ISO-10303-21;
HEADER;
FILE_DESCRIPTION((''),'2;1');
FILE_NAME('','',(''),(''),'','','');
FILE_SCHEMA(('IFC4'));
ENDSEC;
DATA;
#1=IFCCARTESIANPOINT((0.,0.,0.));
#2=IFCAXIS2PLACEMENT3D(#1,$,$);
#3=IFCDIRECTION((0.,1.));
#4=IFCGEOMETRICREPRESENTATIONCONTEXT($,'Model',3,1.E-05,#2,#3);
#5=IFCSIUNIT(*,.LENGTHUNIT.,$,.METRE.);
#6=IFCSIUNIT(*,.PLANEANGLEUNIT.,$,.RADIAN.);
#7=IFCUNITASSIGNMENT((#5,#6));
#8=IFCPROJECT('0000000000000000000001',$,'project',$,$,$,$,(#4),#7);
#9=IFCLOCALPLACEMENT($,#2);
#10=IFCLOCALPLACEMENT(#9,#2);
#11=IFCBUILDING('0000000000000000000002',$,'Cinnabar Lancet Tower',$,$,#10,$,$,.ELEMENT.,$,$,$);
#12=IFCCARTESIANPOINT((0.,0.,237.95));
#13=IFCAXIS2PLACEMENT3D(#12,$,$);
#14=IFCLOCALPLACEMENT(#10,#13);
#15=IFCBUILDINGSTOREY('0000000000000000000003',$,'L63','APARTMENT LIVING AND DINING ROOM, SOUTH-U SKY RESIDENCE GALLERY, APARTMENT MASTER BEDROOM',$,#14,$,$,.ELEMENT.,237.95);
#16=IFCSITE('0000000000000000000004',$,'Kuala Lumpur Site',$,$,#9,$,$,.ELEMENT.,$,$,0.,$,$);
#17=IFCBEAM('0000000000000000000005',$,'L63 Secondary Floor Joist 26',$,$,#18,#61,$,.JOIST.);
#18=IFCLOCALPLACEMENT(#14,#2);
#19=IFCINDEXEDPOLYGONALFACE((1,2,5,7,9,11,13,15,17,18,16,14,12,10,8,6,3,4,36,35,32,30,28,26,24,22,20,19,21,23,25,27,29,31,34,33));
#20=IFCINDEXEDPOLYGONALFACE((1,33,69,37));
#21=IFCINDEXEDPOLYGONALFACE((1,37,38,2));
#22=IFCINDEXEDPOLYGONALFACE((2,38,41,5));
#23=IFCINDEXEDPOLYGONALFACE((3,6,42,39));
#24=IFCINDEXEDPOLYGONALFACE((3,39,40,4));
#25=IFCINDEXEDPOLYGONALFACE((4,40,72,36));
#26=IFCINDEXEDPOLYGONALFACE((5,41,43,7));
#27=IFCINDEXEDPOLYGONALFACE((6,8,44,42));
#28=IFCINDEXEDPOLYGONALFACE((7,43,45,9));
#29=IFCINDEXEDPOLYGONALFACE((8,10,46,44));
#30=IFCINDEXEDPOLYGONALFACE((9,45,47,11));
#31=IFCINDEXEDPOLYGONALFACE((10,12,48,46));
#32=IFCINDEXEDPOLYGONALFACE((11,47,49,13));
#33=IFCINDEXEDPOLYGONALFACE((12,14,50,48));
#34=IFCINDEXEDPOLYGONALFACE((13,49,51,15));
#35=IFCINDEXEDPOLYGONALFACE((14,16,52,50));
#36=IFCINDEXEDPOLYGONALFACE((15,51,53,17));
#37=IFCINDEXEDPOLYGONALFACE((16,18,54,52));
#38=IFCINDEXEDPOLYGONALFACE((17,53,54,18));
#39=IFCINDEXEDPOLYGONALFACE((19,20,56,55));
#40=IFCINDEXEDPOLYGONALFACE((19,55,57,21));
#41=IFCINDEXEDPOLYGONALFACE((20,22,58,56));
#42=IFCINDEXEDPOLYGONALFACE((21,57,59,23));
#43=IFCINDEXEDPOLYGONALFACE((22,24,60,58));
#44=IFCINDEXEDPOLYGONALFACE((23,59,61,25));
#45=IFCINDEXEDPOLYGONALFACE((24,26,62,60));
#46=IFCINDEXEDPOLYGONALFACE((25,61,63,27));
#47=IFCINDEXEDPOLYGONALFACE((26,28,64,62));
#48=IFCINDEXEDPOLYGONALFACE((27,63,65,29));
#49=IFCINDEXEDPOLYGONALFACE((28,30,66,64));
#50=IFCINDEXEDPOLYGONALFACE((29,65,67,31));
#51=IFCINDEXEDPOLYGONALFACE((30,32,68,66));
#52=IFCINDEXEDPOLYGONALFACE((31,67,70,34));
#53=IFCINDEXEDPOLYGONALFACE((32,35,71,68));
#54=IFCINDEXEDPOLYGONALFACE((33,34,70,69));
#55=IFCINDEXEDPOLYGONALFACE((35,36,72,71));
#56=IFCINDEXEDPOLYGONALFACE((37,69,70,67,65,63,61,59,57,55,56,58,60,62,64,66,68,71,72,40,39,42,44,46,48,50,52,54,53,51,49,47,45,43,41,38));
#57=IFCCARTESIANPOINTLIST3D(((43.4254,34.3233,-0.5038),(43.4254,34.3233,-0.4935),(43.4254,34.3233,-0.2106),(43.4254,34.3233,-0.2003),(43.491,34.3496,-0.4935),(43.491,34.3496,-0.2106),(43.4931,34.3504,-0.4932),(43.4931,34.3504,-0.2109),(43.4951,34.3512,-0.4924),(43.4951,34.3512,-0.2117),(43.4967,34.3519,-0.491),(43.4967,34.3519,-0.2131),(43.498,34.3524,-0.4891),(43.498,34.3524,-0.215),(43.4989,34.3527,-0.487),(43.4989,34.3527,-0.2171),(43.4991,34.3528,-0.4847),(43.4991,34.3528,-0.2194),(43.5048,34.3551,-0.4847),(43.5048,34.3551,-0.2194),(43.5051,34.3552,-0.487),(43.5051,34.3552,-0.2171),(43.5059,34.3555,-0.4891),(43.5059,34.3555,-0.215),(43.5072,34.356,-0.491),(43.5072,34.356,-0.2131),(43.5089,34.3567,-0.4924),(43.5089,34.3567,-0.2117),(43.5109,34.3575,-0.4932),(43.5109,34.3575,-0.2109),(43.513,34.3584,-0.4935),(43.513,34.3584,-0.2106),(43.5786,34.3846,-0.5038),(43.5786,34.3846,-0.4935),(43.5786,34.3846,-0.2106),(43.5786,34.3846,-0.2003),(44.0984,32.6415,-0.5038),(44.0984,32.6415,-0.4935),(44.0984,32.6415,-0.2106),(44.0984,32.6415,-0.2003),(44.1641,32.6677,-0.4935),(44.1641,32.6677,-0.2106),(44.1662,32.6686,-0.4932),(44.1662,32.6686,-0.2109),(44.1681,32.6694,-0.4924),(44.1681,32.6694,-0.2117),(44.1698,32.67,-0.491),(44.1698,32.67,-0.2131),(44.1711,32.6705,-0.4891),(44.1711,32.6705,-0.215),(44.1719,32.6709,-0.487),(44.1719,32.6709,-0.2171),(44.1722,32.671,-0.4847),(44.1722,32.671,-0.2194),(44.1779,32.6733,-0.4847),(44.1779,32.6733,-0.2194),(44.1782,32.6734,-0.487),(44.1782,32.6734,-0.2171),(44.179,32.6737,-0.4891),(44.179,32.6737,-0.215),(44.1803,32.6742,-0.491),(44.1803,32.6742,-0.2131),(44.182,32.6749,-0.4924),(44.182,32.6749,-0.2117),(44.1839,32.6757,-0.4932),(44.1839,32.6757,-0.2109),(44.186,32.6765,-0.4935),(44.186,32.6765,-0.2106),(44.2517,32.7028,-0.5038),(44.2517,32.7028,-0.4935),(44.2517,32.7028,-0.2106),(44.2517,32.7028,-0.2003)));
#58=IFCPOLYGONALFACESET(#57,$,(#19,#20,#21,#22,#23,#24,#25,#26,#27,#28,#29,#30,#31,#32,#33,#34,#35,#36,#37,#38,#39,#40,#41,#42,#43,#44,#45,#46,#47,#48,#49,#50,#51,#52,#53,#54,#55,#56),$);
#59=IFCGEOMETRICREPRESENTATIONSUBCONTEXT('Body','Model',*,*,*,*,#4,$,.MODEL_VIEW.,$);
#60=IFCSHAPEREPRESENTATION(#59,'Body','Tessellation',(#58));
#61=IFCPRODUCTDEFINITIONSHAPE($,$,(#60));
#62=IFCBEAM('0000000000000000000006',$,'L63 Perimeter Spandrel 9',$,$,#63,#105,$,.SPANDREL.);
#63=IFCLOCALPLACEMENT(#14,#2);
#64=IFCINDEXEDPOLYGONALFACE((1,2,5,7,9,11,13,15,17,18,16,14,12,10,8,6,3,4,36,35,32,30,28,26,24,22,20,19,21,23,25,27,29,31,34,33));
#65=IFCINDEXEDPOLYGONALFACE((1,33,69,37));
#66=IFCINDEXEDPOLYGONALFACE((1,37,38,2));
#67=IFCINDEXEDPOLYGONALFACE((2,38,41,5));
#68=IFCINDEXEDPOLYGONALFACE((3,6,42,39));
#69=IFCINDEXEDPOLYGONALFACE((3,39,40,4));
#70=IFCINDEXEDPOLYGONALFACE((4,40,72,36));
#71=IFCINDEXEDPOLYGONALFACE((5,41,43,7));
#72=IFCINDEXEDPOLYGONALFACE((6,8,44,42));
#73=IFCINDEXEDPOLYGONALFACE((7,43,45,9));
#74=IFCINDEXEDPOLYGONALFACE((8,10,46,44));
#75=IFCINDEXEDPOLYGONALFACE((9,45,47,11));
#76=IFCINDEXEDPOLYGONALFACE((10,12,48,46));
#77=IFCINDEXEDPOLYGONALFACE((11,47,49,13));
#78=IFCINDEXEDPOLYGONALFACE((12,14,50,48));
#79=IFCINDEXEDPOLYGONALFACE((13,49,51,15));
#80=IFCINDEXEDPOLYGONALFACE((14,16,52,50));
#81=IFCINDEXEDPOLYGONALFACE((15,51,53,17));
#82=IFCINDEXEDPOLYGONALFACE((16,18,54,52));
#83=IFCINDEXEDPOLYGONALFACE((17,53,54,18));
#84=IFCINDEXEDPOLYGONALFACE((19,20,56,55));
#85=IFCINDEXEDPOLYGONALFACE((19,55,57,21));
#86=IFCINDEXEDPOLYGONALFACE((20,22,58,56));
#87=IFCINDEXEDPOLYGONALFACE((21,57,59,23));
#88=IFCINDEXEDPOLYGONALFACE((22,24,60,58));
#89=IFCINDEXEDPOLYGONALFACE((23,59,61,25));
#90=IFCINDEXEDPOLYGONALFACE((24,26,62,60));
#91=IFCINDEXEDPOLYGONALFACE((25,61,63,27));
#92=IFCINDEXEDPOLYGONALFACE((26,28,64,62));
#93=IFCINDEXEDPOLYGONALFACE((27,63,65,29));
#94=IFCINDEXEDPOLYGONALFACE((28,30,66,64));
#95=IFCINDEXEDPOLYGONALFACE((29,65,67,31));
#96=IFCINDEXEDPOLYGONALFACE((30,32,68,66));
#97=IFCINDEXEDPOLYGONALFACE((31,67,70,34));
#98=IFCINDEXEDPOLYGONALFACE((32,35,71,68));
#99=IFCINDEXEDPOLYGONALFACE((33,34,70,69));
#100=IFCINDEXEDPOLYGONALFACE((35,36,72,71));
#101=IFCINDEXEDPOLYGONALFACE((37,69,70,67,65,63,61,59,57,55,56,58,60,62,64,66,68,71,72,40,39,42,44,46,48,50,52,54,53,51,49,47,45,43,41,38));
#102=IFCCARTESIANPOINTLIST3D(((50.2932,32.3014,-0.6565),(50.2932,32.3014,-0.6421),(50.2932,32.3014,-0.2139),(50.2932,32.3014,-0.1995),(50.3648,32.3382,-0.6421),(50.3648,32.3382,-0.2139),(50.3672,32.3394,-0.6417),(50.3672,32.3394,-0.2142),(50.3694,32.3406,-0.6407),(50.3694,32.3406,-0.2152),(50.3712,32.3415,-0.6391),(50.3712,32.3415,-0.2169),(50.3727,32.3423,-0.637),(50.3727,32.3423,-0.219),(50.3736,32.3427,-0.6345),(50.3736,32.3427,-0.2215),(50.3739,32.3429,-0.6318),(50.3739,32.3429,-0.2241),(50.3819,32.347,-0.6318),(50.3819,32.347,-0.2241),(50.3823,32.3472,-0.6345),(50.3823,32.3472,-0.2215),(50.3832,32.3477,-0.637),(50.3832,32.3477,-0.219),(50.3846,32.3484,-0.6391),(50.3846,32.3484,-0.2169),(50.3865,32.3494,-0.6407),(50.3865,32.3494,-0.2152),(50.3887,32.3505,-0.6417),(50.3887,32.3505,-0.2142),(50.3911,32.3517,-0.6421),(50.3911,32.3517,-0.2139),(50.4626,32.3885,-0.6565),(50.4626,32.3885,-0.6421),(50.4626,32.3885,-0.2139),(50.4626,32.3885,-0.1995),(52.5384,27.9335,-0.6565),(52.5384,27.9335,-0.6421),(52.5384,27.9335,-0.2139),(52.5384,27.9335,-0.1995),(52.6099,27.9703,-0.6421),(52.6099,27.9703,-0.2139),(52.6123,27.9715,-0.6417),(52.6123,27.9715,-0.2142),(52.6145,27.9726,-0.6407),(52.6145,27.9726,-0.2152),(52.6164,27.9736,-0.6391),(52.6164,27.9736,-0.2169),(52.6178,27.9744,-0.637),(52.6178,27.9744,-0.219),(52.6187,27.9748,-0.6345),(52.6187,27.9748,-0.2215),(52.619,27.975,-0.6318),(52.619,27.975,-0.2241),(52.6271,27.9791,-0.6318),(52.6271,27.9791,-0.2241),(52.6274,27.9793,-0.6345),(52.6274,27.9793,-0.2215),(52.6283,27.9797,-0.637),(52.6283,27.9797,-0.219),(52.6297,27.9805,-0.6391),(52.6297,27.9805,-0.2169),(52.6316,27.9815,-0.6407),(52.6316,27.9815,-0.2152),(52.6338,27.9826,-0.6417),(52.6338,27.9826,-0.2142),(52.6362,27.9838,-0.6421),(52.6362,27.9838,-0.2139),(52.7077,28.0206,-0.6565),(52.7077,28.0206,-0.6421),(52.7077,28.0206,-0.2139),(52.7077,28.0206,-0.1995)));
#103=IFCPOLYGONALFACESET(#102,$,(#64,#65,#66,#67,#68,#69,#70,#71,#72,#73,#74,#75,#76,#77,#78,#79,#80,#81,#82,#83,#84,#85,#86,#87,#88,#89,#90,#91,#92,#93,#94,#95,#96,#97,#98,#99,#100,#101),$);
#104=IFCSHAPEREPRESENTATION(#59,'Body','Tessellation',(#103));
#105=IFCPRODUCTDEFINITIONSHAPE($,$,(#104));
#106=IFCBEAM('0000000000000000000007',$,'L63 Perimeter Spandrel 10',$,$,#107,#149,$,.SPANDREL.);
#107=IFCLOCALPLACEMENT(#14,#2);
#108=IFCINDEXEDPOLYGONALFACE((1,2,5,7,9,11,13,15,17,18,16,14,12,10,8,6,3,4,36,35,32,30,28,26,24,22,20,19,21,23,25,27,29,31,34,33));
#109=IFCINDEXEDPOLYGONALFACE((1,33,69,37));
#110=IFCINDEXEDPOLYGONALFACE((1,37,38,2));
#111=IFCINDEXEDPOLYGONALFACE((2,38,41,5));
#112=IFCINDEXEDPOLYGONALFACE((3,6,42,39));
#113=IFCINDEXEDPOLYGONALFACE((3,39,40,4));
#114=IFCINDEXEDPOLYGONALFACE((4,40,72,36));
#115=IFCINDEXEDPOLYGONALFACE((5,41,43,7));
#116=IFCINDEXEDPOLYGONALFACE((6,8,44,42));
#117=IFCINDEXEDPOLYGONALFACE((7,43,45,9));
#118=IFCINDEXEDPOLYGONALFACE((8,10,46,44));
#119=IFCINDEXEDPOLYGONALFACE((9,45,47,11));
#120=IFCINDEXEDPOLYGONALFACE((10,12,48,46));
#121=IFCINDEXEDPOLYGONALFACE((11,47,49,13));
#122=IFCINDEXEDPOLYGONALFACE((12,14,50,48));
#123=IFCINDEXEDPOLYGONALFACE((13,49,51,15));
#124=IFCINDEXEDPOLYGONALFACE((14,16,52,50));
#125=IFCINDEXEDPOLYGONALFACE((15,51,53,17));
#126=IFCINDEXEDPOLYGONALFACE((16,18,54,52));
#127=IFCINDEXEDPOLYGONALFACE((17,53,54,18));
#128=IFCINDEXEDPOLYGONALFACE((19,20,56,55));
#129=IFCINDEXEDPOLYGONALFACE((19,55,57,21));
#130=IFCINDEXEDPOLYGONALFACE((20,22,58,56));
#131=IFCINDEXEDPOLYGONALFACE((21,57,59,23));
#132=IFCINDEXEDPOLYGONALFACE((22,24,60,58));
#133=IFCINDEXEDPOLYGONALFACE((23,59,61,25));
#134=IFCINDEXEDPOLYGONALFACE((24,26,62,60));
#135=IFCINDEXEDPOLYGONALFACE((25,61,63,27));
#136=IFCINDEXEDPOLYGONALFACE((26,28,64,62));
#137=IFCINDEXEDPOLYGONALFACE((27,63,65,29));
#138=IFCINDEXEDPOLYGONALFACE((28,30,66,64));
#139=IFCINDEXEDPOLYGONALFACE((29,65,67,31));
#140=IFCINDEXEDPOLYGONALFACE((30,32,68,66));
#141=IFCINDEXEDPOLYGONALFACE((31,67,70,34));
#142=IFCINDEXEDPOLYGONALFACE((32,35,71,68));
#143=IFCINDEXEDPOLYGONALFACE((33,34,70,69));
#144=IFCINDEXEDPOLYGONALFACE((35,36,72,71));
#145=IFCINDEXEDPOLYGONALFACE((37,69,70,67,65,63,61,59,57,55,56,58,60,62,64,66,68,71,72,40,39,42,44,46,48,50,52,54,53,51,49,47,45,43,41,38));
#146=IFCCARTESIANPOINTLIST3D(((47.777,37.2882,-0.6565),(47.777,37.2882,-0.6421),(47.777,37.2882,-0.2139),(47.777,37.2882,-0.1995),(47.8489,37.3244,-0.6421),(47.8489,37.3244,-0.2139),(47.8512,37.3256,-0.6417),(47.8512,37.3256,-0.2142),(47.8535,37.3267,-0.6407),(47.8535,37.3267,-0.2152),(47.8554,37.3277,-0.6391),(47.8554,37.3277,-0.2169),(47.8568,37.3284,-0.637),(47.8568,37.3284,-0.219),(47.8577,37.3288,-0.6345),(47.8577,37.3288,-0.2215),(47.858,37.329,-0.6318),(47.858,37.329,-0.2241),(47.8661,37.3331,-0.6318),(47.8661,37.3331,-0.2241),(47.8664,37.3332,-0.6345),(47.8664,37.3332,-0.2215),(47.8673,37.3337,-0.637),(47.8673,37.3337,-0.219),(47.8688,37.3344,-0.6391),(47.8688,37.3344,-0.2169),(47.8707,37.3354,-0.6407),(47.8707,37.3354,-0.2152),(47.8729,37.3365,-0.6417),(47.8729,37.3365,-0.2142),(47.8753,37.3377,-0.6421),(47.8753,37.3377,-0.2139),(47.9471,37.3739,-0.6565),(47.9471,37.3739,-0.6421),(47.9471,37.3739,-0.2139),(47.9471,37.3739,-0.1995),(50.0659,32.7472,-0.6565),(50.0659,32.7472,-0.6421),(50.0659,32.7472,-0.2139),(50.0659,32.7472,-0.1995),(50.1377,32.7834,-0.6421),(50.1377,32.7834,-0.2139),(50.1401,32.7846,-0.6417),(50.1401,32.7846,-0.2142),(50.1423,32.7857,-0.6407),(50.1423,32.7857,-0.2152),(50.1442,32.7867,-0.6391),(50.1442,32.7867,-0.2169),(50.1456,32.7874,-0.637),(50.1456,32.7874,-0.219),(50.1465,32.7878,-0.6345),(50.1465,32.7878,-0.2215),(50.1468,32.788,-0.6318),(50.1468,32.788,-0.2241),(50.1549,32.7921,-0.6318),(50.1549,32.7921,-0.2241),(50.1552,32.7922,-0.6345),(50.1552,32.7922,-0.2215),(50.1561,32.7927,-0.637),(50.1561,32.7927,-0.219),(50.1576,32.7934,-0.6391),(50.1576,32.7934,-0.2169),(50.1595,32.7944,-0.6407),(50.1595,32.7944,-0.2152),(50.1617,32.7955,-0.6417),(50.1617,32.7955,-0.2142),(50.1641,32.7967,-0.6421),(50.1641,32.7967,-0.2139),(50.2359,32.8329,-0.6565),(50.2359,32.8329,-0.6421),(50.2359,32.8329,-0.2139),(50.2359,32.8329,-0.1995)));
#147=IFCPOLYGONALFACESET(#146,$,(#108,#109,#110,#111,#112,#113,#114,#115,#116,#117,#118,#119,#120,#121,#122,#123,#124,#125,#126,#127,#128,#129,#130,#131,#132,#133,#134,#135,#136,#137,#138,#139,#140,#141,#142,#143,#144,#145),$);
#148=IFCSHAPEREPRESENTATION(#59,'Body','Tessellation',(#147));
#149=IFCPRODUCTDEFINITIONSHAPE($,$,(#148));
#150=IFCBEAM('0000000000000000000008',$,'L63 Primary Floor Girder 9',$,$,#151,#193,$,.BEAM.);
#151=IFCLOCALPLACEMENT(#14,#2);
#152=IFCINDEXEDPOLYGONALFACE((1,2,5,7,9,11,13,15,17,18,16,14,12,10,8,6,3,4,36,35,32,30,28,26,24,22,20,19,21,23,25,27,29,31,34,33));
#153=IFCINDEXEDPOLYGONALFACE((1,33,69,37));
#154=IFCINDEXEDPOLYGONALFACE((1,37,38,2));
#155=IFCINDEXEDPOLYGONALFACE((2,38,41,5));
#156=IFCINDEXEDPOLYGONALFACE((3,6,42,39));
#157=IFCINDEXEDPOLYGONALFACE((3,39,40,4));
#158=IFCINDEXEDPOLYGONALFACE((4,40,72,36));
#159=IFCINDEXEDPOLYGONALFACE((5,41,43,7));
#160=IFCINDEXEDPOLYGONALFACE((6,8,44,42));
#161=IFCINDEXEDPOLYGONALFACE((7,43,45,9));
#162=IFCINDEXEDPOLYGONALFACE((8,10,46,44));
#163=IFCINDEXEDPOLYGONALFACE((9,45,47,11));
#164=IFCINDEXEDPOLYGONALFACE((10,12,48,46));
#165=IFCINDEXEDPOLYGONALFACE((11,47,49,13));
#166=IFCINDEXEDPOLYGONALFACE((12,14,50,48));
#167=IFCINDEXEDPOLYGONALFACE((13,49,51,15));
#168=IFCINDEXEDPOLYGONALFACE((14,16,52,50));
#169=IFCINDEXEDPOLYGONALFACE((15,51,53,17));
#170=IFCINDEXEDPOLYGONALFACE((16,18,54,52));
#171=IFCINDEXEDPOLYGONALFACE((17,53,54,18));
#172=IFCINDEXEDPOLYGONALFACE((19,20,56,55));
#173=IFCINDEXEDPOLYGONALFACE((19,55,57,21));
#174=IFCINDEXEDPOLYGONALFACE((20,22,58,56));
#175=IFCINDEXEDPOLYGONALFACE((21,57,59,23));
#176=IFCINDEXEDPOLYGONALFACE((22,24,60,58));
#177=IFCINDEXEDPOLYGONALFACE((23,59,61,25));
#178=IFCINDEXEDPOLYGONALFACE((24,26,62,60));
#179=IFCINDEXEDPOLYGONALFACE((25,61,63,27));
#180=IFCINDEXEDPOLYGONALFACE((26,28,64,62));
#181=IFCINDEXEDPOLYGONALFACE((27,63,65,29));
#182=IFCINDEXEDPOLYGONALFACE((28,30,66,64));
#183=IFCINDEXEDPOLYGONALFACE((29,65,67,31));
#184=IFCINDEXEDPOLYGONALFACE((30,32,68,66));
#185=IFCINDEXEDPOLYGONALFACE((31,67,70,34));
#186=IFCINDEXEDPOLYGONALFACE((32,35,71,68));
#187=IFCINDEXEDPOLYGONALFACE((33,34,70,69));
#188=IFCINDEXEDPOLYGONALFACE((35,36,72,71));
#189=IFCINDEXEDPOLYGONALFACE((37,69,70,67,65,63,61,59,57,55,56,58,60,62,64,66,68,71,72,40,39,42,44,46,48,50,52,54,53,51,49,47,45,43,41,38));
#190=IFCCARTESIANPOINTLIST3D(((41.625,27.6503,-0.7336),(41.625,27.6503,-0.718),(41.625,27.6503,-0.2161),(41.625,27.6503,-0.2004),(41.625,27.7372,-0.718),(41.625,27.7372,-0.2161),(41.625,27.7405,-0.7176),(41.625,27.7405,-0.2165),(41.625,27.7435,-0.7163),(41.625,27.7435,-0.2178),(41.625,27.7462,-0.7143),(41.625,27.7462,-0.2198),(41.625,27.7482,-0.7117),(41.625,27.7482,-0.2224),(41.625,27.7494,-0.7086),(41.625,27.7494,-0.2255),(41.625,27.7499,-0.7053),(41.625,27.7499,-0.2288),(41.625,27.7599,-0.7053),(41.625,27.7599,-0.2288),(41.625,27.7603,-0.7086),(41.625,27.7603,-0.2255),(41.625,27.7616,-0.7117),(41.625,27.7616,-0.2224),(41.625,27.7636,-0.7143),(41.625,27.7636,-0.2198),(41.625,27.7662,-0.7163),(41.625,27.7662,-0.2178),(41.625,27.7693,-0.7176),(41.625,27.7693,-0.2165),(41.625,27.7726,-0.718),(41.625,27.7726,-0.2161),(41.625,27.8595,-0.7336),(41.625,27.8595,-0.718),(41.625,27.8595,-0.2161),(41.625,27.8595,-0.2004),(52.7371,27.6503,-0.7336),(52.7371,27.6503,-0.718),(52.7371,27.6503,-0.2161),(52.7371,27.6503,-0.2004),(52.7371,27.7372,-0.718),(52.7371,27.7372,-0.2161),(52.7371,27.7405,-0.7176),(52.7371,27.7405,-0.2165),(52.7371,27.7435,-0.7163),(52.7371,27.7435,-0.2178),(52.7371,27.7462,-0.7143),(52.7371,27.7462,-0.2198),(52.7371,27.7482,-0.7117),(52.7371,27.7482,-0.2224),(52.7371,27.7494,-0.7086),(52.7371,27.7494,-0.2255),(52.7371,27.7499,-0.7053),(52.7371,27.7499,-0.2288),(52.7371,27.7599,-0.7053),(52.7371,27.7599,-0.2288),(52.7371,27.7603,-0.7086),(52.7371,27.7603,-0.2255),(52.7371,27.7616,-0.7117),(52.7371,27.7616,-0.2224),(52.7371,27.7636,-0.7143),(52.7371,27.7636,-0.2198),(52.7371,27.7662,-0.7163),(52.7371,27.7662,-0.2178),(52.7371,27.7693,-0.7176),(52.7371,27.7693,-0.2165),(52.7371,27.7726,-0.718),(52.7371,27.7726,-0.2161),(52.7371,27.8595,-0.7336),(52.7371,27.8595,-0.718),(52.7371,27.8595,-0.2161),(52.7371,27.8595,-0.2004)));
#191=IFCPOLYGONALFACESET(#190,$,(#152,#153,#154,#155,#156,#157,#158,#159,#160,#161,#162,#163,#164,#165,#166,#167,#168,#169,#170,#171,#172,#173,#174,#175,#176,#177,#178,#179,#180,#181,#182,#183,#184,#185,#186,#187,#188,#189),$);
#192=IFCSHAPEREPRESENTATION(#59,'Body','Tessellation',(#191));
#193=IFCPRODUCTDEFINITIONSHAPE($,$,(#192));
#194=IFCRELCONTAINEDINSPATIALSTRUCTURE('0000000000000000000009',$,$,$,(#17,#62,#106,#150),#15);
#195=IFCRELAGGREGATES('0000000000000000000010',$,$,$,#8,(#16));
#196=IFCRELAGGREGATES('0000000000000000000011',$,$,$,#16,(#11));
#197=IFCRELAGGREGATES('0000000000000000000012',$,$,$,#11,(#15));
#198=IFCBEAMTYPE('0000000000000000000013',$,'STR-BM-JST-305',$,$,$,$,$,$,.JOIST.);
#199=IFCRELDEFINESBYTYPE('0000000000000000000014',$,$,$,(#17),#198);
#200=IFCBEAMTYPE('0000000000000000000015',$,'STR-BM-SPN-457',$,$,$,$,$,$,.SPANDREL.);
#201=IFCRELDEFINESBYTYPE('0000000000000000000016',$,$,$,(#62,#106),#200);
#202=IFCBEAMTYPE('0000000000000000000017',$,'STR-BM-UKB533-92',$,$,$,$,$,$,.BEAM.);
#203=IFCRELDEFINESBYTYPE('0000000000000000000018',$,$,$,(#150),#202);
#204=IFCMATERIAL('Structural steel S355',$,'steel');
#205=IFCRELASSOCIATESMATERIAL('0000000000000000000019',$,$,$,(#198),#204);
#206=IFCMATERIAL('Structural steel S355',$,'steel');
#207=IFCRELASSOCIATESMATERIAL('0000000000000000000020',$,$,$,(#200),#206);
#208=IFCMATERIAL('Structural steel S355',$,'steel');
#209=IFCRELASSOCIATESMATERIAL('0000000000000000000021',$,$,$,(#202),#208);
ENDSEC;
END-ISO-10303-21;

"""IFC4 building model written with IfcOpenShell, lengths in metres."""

from ifc_helpers import new_model, si_unit, direction, frame, origin, origin_2d, place, context, subcontext, project, spatial, i_section, extrude, material, material_profile, profile_set, type_object, element, save


model = new_model("IFC4")

# Units and contexts
model_context = context("Model", 3, precision=1e-05, world=origin(), true_north=direction((0.0, 1.0)))
body_context = subcontext(model_context, "Body", "Model", "MODEL_VIEW")
ifc_project = project(units=[si_unit("LENGTHUNIT", "METRE"), si_unit("PLANEANGLEUNIT", "RADIAN")], contexts=[model_context])

# Site, building, storey
site_placement = place(None, origin())
site = spatial("IfcSite", under=ifc_project, at=site_placement, Name="Kuala Lumpur Site", CompositionType="ELEMENT", RefElevation=0.0)
building_placement = place(site_placement, origin())
building = spatial("IfcBuilding", under=site, at=building_placement, Name="Cinnabar Lancet Tower", CompositionType="ELEMENT")
storey_placement = place(building_placement, frame((0.0, 0.0, 237.95)))
storey = spatial("IfcBuildingStorey", under=building, at=storey_placement, Name="L63", Description="APARTMENT LIVING AND DINING ROOM, SOUTH-U SKY RESIDENCE GALLERY, APARTMENT MASTER BEDROOM", CompositionType="ELEMENT", Elevation=237.95)

# Beams
ifc_material_1 = material(Name="Structural steel S355", Category="steel")
ifc_material_profile_1 = material_profile(ifc_material_1, i_section(OverallWidth=0.165, OverallDepth=0.3035, WebThickness=0.0061, FlangeThickness=0.0103, FilletRadius=0.0088, at=origin_2d()), Name="UKB 305x165x40")
ifc_profile_set_1 = profile_set([ifc_material_profile_1], Name="Structural steel S355")
beam_type_1 = type_object("IfcBeamType", Name="STR-BM-JST-305", PredefinedType="JOIST", material=ifc_profile_set_1)
beam_1_placement = place(storey_placement, frame((44.175, 32.6721, -0.3521), z_axis=(-0.371553, 0.928412, 0.0), x_axis=(-0.928412, -0.371553, 0.0)))
element("IfcBeam", 1, at=beam_1_placement, inside=storey, type_object=beam_type_1, Name="L63 Secondary Floor Joist 26", PredefinedType="JOIST", context=body_context, shape_type="SweptSolid", body=[
    extrude(i_section(OverallWidth=0.165, OverallDepth=0.3035, WebThickness=0.0061, FlangeThickness=0.0103, FilletRadius=0.0088, at=origin_2d()), origin(), (0.0, 0.0, 1.0), 1.8115),
])
ifc_material_2 = material(Name="Structural steel S355", Category="steel")
ifc_material_profile_2 = material_profile(ifc_material_2, i_section(OverallWidth=0.1904, OverallDepth=0.457, WebThickness=0.009, FlangeThickness=0.0144, FilletRadius=0.0103, at=origin_2d()), Name="UKB 457x191x74")
ifc_profile_set_2 = profile_set([ifc_material_profile_2], Name="Structural steel S355")
beam_type_2 = type_object("IfcBeamType", Name="STR-BM-SPN-457", PredefinedType="SPANDREL", material=ifc_profile_set_2)
beam_2_placement = place(storey_placement, frame((52.623, 27.9771, -0.428), z_axis=(-0.457148, 0.889391, 0.0), x_axis=(-0.889391, -0.457148, 0.0)))
element("IfcBeam", 2, at=beam_2_placement, inside=storey, type_object=beam_type_2, Name="L63 Perimeter Spandrel 9", PredefinedType="SPANDREL", context=body_context, shape_type="SweptSolid", body=[
    extrude(i_section(OverallWidth=0.1904, OverallDepth=0.457, WebThickness=0.009, FlangeThickness=0.0144, FilletRadius=0.0103, at=origin_2d()), origin(), (0.0, 0.0, 1.0), 4.9111),
])
beam_3_placement = place(storey_placement, frame((50.1509, 32.79, -0.428), z_axis=(-0.450092, 0.892982, 0.0), x_axis=(-0.892982, -0.450092, 0.0)))
element("IfcBeam", 3, at=beam_3_placement, inside=storey, type_object=beam_type_2, Name="L63 Perimeter Spandrel 10", PredefinedType="SPANDREL", context=body_context, shape_type="SweptSolid", body=[
    extrude(i_section(OverallWidth=0.1904, OverallDepth=0.457, WebThickness=0.009, FlangeThickness=0.0144, FilletRadius=0.0103, at=origin_2d()), origin(), (0.0, 0.0, 1.0), 5.0852),
])
ifc_material_3 = material(Name="Structural steel S355", Category="steel")
ifc_material_profile_3 = material_profile(ifc_material_3, i_section(OverallWidth=0.2092, OverallDepth=0.5332, WebThickness=0.01, FlangeThickness=0.0156, FilletRadius=0.0127, at=origin_2d()), Name="UKB 533x210x92")
ifc_profile_set_3 = profile_set([ifc_material_profile_3], Name="Structural steel S355")
beam_type_3 = type_object("IfcBeamType", Name="STR-BM-UKB533-92", PredefinedType="BEAM", material=ifc_profile_set_3)
beam_4_placement = place(storey_placement, frame((52.7371, 27.7549, -0.467), z_axis=(-1.0, 0.0, 0.0), x_axis=(0.0, -1.0, 0.0)))
element("IfcBeam", 4, at=beam_4_placement, inside=storey, type_object=beam_type_3, Name="L63 Primary Floor Girder 9", PredefinedType="BEAM", context=body_context, shape_type="SweptSolid", body=[
    extrude(i_section(OverallWidth=0.2092, OverallDepth=0.5332, WebThickness=0.01, FlangeThickness=0.0156, FilletRadius=0.0127, at=origin_2d()), origin(), (0.0, 0.0, 1.0), 11.1121),
])

save(model, "model.ifc")
